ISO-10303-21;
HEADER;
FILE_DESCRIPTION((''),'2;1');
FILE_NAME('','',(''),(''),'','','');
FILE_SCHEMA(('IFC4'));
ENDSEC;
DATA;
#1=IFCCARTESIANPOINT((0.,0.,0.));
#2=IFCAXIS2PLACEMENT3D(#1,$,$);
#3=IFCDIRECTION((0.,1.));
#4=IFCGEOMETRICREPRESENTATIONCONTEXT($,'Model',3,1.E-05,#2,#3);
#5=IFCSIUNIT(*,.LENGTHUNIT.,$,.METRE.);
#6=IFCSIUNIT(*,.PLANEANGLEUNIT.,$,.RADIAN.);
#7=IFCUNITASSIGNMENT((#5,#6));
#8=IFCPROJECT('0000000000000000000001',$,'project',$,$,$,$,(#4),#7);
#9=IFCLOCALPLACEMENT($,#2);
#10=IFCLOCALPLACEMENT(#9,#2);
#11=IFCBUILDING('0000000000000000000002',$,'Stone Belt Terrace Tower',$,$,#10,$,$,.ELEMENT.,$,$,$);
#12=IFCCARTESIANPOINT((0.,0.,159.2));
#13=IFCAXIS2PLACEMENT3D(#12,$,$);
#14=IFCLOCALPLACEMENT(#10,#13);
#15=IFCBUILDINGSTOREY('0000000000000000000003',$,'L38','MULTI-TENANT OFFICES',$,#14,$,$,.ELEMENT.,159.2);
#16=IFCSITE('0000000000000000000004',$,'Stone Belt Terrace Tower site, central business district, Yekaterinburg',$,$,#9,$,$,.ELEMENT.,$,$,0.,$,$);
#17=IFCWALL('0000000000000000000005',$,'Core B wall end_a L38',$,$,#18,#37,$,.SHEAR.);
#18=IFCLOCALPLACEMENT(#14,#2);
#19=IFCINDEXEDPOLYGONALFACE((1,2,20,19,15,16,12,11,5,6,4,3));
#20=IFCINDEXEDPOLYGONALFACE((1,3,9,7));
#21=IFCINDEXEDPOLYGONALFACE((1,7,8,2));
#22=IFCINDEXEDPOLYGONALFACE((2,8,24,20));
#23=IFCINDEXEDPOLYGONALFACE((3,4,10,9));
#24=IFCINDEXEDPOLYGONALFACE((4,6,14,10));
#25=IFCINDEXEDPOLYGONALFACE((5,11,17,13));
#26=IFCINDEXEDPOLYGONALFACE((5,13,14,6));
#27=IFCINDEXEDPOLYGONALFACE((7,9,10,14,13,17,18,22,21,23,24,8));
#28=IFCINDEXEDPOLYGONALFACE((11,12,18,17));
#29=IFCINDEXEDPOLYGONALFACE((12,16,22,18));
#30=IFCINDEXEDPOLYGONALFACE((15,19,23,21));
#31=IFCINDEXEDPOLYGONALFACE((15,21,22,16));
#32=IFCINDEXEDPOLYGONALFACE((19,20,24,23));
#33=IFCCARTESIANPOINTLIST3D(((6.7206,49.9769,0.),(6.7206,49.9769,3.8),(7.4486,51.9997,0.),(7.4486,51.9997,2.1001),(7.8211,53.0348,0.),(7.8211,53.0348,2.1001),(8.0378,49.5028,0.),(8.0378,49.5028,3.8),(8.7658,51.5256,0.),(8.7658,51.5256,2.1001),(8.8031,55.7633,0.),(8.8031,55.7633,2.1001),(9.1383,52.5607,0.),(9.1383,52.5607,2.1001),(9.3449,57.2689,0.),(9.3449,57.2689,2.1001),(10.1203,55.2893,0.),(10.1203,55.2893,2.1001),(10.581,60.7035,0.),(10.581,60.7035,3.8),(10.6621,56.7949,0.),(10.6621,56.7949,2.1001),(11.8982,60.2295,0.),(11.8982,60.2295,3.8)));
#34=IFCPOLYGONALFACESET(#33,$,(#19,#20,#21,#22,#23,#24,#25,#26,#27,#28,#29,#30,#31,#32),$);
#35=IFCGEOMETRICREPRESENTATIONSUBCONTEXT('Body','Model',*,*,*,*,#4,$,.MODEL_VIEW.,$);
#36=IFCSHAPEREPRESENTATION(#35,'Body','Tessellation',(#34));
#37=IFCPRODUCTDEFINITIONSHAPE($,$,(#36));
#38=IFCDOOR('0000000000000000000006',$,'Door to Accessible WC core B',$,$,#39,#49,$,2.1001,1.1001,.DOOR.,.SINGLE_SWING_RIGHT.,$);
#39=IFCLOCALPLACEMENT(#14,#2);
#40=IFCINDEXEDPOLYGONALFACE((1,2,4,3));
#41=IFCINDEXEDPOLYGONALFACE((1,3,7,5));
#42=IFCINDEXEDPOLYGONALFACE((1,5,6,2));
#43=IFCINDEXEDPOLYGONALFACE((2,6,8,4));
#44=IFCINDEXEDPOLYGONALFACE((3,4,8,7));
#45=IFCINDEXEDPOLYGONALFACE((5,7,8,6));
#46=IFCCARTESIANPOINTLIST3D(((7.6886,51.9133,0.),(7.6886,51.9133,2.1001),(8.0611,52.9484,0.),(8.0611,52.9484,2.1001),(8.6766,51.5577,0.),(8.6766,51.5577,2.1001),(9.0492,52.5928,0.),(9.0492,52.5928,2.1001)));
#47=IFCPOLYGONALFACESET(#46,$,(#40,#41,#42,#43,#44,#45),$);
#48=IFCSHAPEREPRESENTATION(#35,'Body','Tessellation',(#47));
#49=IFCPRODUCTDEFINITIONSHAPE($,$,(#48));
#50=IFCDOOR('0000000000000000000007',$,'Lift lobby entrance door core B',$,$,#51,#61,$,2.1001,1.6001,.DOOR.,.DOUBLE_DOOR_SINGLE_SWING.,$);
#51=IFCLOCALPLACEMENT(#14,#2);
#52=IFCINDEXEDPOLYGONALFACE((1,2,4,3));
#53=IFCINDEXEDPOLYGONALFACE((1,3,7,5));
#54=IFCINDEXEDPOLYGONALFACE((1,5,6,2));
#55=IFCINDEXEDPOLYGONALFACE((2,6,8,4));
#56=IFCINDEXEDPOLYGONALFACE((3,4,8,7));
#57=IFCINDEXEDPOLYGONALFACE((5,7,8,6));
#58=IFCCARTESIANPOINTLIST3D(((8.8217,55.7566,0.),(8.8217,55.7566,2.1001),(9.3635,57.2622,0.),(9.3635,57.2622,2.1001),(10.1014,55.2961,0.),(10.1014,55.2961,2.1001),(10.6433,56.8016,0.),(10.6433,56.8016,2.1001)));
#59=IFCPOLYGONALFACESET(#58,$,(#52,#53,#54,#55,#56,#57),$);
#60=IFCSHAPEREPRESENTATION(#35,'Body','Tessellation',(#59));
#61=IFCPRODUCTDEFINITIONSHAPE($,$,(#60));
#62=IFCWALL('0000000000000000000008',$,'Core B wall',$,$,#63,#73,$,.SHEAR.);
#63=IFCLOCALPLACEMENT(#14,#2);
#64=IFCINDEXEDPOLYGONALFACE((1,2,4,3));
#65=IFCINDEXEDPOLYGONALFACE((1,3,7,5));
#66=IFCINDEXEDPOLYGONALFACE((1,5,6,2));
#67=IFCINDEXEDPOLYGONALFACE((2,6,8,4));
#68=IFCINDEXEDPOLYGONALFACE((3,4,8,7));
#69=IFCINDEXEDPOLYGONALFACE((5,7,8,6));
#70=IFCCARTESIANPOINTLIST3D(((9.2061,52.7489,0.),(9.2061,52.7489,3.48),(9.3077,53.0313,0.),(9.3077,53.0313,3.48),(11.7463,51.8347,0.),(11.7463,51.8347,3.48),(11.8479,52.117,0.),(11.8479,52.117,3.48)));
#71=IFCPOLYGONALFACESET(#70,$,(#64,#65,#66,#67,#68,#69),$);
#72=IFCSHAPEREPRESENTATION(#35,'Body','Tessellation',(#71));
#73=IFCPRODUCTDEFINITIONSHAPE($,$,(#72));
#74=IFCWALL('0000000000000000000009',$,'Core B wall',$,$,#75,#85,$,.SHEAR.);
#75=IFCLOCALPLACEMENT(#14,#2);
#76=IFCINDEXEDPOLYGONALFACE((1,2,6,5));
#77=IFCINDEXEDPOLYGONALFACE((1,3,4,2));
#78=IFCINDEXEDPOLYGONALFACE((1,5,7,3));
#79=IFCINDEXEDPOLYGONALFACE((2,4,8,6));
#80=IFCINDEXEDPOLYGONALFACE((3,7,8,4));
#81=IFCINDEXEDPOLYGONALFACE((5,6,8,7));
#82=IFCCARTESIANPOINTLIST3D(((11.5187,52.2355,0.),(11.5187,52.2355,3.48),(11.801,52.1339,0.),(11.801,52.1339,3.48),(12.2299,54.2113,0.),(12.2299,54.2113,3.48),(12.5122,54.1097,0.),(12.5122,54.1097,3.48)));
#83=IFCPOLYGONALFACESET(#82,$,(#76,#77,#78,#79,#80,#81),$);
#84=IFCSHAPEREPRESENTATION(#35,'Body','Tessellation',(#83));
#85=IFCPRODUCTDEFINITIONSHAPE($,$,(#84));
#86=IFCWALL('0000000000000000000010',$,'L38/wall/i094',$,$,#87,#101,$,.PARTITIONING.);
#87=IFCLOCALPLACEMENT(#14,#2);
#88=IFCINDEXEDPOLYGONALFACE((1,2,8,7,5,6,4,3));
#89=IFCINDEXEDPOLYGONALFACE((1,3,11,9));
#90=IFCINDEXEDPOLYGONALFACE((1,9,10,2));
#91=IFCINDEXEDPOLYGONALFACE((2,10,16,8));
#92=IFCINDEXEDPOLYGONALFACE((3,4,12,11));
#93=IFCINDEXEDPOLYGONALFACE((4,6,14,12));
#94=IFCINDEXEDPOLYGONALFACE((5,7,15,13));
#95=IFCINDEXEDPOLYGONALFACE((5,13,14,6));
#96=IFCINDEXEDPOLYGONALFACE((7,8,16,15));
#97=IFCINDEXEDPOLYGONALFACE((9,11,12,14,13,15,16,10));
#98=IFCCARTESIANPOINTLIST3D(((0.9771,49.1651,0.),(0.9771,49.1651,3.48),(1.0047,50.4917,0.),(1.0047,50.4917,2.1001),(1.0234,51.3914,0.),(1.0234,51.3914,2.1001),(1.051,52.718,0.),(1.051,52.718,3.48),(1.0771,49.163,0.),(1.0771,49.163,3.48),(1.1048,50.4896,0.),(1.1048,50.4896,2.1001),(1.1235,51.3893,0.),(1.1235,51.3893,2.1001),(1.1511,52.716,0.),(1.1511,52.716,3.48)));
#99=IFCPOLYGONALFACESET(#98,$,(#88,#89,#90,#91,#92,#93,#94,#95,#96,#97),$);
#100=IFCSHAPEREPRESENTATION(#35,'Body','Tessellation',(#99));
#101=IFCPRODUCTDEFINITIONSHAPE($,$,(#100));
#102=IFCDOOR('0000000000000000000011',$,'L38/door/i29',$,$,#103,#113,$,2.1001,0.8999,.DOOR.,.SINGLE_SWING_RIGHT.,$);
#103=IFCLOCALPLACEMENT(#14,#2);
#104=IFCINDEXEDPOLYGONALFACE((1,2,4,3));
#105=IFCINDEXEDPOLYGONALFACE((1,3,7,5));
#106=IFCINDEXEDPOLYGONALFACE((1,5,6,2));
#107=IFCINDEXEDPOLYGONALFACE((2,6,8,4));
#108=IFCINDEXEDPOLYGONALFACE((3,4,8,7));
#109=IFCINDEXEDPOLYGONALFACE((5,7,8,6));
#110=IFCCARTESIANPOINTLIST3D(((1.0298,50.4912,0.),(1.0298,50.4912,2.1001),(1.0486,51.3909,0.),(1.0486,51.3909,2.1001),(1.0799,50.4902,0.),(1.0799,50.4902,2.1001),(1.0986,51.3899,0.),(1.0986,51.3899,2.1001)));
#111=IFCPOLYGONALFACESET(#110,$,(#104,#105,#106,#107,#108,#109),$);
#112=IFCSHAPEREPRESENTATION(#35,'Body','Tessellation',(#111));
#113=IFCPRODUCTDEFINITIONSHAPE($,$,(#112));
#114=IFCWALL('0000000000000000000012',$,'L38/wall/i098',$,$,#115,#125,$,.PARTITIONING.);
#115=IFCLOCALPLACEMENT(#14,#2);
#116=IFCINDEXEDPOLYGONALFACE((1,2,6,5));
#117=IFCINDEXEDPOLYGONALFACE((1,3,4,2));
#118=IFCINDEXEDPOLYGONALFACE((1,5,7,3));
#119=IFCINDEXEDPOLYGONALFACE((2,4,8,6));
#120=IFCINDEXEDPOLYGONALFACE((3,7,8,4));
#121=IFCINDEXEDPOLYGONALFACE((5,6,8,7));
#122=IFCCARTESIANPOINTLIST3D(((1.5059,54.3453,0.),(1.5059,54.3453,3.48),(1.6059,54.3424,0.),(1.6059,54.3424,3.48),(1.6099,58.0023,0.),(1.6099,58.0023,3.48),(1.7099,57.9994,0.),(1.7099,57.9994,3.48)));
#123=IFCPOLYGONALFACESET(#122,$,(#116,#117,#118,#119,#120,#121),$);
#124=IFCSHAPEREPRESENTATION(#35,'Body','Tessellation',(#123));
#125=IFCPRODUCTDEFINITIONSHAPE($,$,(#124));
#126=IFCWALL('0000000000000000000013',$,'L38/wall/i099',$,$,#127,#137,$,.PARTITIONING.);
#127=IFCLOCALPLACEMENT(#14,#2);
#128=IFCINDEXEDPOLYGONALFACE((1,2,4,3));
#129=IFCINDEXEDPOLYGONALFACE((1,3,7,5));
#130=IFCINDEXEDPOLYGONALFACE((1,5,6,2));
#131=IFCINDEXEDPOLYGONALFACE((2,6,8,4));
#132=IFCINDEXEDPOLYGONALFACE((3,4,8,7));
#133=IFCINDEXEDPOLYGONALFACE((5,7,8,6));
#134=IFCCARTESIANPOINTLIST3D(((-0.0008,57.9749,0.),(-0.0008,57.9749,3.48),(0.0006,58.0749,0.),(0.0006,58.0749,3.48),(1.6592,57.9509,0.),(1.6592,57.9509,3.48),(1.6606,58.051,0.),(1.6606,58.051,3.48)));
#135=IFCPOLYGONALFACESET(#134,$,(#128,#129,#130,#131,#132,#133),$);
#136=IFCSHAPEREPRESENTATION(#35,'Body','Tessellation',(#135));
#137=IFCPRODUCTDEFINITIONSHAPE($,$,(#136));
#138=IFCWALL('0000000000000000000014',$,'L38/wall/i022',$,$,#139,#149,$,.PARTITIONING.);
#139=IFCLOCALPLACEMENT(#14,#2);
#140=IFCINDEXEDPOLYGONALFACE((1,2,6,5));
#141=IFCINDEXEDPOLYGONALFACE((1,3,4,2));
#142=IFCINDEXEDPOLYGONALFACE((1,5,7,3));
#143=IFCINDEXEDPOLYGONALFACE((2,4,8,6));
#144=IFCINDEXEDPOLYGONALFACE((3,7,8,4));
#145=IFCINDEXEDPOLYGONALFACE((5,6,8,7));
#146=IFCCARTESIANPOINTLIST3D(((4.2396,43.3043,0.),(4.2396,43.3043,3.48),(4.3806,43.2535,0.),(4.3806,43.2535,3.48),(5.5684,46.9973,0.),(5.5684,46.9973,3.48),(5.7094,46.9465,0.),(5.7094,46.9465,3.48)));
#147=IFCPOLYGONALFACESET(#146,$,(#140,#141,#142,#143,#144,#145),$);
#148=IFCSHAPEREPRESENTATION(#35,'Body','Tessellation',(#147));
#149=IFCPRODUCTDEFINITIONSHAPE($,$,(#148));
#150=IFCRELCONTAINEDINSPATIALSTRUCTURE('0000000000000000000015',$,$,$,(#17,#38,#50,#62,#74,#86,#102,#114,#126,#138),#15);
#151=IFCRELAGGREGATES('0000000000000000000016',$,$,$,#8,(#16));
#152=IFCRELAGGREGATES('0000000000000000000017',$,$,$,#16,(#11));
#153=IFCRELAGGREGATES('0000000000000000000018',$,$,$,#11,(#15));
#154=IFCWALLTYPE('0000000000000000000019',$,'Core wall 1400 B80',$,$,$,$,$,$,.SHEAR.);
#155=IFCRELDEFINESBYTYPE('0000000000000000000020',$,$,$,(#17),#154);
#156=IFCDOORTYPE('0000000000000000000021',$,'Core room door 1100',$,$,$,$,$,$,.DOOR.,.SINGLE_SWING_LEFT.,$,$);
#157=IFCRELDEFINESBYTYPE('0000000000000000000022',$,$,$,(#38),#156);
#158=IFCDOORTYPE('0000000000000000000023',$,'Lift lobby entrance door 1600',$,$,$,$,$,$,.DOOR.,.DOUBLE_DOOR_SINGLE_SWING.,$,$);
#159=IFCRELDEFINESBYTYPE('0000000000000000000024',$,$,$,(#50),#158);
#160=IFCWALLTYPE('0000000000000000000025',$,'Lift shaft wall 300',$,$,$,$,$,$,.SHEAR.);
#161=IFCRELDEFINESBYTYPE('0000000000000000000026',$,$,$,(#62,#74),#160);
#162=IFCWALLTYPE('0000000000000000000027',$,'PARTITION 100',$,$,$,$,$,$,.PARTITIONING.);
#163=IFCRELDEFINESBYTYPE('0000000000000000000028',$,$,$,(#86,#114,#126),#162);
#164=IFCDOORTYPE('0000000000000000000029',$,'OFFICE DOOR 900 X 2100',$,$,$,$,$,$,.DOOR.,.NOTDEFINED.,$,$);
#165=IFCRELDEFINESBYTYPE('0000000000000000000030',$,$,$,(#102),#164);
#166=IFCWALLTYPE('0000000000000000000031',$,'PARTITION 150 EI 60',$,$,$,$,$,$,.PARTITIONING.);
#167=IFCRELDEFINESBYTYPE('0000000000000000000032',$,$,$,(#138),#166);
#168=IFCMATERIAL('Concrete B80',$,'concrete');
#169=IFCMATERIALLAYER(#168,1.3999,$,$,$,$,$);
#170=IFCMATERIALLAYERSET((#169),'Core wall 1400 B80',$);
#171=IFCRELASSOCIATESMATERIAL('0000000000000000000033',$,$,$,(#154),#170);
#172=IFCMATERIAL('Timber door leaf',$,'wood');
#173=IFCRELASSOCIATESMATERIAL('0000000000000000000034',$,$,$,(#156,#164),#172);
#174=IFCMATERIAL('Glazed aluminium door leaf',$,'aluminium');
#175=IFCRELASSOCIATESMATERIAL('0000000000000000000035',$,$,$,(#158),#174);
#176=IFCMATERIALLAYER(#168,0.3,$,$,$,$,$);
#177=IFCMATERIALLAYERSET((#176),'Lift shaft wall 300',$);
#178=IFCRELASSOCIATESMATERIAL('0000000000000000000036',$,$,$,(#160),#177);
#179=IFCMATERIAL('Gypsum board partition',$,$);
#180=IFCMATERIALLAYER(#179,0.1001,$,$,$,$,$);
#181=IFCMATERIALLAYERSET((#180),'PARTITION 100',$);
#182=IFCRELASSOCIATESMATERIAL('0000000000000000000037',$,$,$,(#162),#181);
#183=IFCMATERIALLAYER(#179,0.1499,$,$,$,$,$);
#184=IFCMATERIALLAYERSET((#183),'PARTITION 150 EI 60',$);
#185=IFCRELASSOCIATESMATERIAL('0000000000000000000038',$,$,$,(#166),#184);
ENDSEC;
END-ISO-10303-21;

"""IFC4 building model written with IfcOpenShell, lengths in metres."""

from ifc_helpers import new_model, si_unit, direction, frame, frame_2d, origin, place, context, subcontext, project, spatial, rectangle, extrude, material, layer, layer_set, type_object, element, fill, save


model = new_model("IFC4")

# Units and contexts
model_context = context("Model", 3, precision=1e-05, world=origin(), true_north=direction((0.0, 1.0)))
body_context = subcontext(model_context, "Body", "Model", "MODEL_VIEW")
ifc_project = project(units=[si_unit("LENGTHUNIT", "METRE"), si_unit("PLANEANGLEUNIT", "RADIAN")], contexts=[model_context])

# Site, building, storey
site_placement = place(None, origin())
site = spatial("IfcSite", under=ifc_project, at=site_placement, Name="Stone Belt Terrace Tower site, central business district, Yekaterinburg", CompositionType="ELEMENT", RefElevation=0.0)
building_placement = place(site_placement, origin())
building = spatial("IfcBuilding", under=site, at=building_placement, Name="Stone Belt Terrace Tower", CompositionType="ELEMENT")
storey_placement = place(building_placement, frame((0.0, 0.0, 159.2)))
storey = spatial("IfcBuildingStorey", under=building, at=storey_placement, Name="L38", Description="MULTI-TENANT OFFICES", CompositionType="ELEMENT", Elevation=159.2)

# Shared definitions
ifc_material_1 = material(Name="Concrete B80", Category="concrete")

# Shared definitions
ifc_layer_1 = layer(ifc_material_1, 1.3999)
ifc_layer_set_1 = layer_set([ifc_layer_1], Name="Core wall 1400 B80")
wall_type_1 = type_object("IfcWallType", Name="Core wall 1400 B80", PredefinedType="SHEAR", material=ifc_layer_set_1)
ifc_material_2 = material(Name="Timber door leaf", Category="wood")
door_type_1 = type_object("IfcDoorType", Name="Core room door 1100", OperationType="SINGLE_SWING_LEFT", PredefinedType="DOOR", material=ifc_material_2)

# Wall, openings, doors
wall_1_placement = place(storey_placement, frame((7.3792, 49.7397, 0.0), z_axis=(0.0, 0.0, 1.0), x_axis=(0.338625, 0.940921, 0.0)))
wall_1 = element("IfcWall", 1, at=wall_1_placement, inside=storey, type_object=wall_type_1, Name="Core B wall end_a L38", PredefinedType="SHEAR", context=body_context, shape_type="SweptSolid", body=[
    extrude(rectangle(XDim=11.4001, YDim=1.3999, at=frame_2d((5.7002, 0.0))), origin(), (0.0, 0.0, 1.0), 3.8),
])
opening_1_placement = place(wall_1_placement, frame((6.1499, 0.0, 0.0)))
opening_1 = element("IfcOpeningElement", 2, at=opening_1_placement, cuts=wall_1, PredefinedType="OPENING", context=body_context, shape_type="SweptSolid", body=[
    extrude(rectangle(XDim=1.6001, YDim=2.1001, at=frame_2d((0.8, 1.05))), frame((0.0, 0.71, 0.0), z_axis=(0.0, -1.0, 0.0), x_axis=(1.0, 0.0, 0.0)), (0.0, 0.0, 1.0), 1.4199),
])
opening_2_placement = place(wall_1_placement, frame((2.1499, 0.0, 0.0)))
opening_2 = element("IfcOpeningElement", 3, at=opening_2_placement, cuts=wall_1, PredefinedType="OPENING", context=body_context, shape_type="SweptSolid", body=[
    extrude(rectangle(XDim=1.1001, YDim=2.1001, at=frame_2d((0.55, 1.05))), frame((0.0, 0.71, 0.0), z_axis=(0.0, -1.0, 0.0), x_axis=(1.0, 0.0, 0.0)), (0.0, 0.0, 1.0), 1.4199),
])
door_1_placement = place(opening_2_placement, origin())
door_1 = element("IfcDoor", 4, at=door_1_placement, inside=storey, type_object=door_type_1, Name="Door to Accessible WC core B", OperationType="SINGLE_SWING_RIGHT", OverallHeight=2.1001, OverallWidth=1.1001, PredefinedType="DOOR", context=body_context, shape_type="SweptSolid", body=[
    extrude(rectangle(XDim=1.1001, YDim=2.1001, at=frame_2d((0.55, 1.05))), frame((0.0, 0.4448, 0.0), z_axis=(0.0, -1.0, 0.0), x_axis=(1.0, 0.0, 0.0)), (0.0, 0.0, 1.0), 1.05),
])
fill(opening_2, door_1)
ifc_material_3 = material(Name="Glazed aluminium door leaf", Category="aluminium")
door_type_2 = type_object("IfcDoorType", Name="Lift lobby entrance door 1600", OperationType="DOUBLE_DOOR_SINGLE_SWING", PredefinedType="DOOR", material=ifc_material_3)
door_2_placement = place(opening_1_placement, origin())
door_2 = element("IfcDoor", 5, at=door_2_placement, inside=storey, type_object=door_type_2, Name="Lift lobby entrance door core B", OperationType="DOUBLE_DOOR_SINGLE_SWING", OverallHeight=2.1001, OverallWidth=1.6001, PredefinedType="DOOR", context=body_context, shape_type="SweptSolid", body=[
    extrude(rectangle(XDim=1.6001, YDim=2.1001, at=frame_2d((0.8, 1.05))), frame((0.0, 0.6802, 0.0), z_axis=(0.0, -1.0, 0.0), x_axis=(1.0, 0.0, 0.0)), (0.0, 0.0, 1.0), 1.3601),
])
fill(opening_1, door_2)

# Walls
ifc_layer_2 = layer(ifc_material_1, 0.3)
ifc_layer_set_2 = layer_set([ifc_layer_2], Name="Lift shaft wall 300")
wall_type_2 = type_object("IfcWallType", Name="Lift shaft wall 300", PredefinedType="SHEAR", material=ifc_layer_set_2)
wall_2_placement = place(storey_placement, frame((11.7971, 51.9758, 0.0), z_axis=(0.0, 0.0, 1.0), x_axis=(-0.94091, 0.338655, 0.0)))
element("IfcWall", 6, at=wall_2_placement, inside=storey, type_object=wall_type_2, Name="Core B wall", PredefinedType="SHEAR", context=body_context, shape_type="SweptSolid", body=[
    extrude(rectangle(XDim=2.6997, YDim=0.3, at=frame_2d((1.3499, 0.0))), origin(), (0.0, 0.0, 1.0), 3.48),
])
wall_3_placement = place(storey_placement, frame((11.6599, 52.1848, 0.0), z_axis=(0.0, 0.0, 1.0), x_axis=(0.33867, 0.940905, 0.0)))
element("IfcWall", 7, at=wall_3_placement, inside=storey, type_object=wall_type_2, Name="Core B wall", PredefinedType="SHEAR", context=body_context, shape_type="SweptSolid", body=[
    extrude(rectangle(XDim=2.0999, YDim=0.3, at=frame_2d((1.0498, 0.0))), origin(), (0.0, 0.0, 1.0), 3.48),
])

# Wall, opening, door
ifc_material_4 = material(Name="Gypsum board partition")
ifc_layer_3 = layer(ifc_material_4, 0.1001)
ifc_layer_set_3 = layer_set([ifc_layer_3], Name="PARTITION 100")
wall_type_3 = type_object("IfcWallType", Name="PARTITION 100", PredefinedType="PARTITIONING", material=ifc_layer_set_3)
wall_4_placement = place(storey_placement, frame((1.0271, 49.1641, 0.0), z_axis=(0.0, 0.0, 1.0), x_axis=(0.020816, 0.999783, 0.0)))
wall_4 = element("IfcWall", 8, at=wall_4_placement, inside=storey, type_object=wall_type_3, Name="L38/wall/i094", PredefinedType="PARTITIONING", context=body_context, shape_type="SweptSolid", body=[
    extrude(rectangle(XDim=3.5537, YDim=0.1001, at=frame_2d((1.7769, 0.0))), origin(), (0.0, 0.0, 1.0), 3.48),
])
opening_3_placement = place(wall_4_placement, frame((1.3269, 0.0, 0.0)))
opening_3 = element("IfcOpeningElement", 9, at=opening_3_placement, cuts=wall_4, PredefinedType="OPENING", context=body_context, shape_type="SweptSolid", body=[
    extrude(rectangle(XDim=0.8999, YDim=2.1001, at=frame_2d((0.45, 1.05))), frame((0.0, 0.0601, 0.0), z_axis=(0.0, -1.0, 0.0), x_axis=(1.0, 0.0, 0.0)), (0.0, 0.0, 1.0), 0.1201),
])
door_type_3 = type_object("IfcDoorType", Name="OFFICE DOOR 900 X 2100", OperationType="NOTDEFINED", PredefinedType="DOOR", material=ifc_material_2)
door_3_placement = place(opening_3_placement, origin())
door_3 = element("IfcDoor", 10, at=door_3_placement, inside=storey, type_object=door_type_3, Name="L38/door/i29", OperationType="SINGLE_SWING_RIGHT", OverallHeight=2.1001, OverallWidth=0.8999, PredefinedType="DOOR", context=body_context, shape_type="SweptSolid", body=[
    extrude(rectangle(XDim=0.8999, YDim=2.1001, at=frame_2d((0.45, 1.05))), frame((0.0, 0.0249, 0.0), z_axis=(0.0, -1.0, 0.0), x_axis=(1.0, 0.0, 0.0)), (0.0, 0.0, 1.0), 0.05),
])
fill(opening_3, door_3)

# Walls
wall_5_placement = place(storey_placement, frame((1.5559, 54.344, 0.0), z_axis=(0.0, 0.0, 1.0), x_axis=(0.028428, 0.999596, 0.0)))
element("IfcWall", 11, at=wall_5_placement, inside=storey, type_object=wall_type_3, Name="L38/wall/i098", PredefinedType="PARTITIONING", context=body_context, shape_type="SweptSolid", body=[
    extrude(rectangle(XDim=3.6584, YDim=0.1001, at=frame_2d((1.8291, 0.0))), origin(), (0.0, 0.0, 1.0), 3.48),
])
wall_6_placement = place(storey_placement, frame((1.6599, 58.001, 0.0), z_axis=(0.0, 0.0, 1.0), x_axis=(-0.999896, 0.014412, 0.0)))
element("IfcWall", 12, at=wall_6_placement, inside=storey, type_object=wall_type_3, Name="L38/wall/i099", PredefinedType="PARTITIONING", context=body_context, shape_type="SweptSolid", body=[
    extrude(rectangle(XDim=1.6602, YDim=0.1001, at=frame_2d((0.8301, 0.0))), origin(), (0.0, 0.0, 1.0), 3.48),
])
ifc_layer_4 = layer(ifc_material_4, 0.1499)
ifc_layer_set_4 = layer_set([ifc_layer_4], Name="PARTITION 150 EI 60")
wall_type_4 = type_object("IfcWallType", Name="PARTITION 150 EI 60", PredefinedType="PARTITIONING", material=ifc_layer_set_4)
wall_7_placement = place(storey_placement, frame((5.6389, 46.9719, 0.0), z_axis=(0.0, 0.0, 1.0), x_axis=(-0.33857, -0.940941, 0.0)))
element("IfcWall", 13, at=wall_7_placement, inside=storey, type_object=wall_type_4, Name="L38/wall/i022", PredefinedType="PARTITIONING", context=body_context, shape_type="SweptSolid", body=[
    extrude(rectangle(XDim=3.9248, YDim=0.1499, at=frame_2d((1.9624, 0.0))), origin(), (0.0, 0.0, 1.0), 3.48),
])

save(model, "model.ifc")
